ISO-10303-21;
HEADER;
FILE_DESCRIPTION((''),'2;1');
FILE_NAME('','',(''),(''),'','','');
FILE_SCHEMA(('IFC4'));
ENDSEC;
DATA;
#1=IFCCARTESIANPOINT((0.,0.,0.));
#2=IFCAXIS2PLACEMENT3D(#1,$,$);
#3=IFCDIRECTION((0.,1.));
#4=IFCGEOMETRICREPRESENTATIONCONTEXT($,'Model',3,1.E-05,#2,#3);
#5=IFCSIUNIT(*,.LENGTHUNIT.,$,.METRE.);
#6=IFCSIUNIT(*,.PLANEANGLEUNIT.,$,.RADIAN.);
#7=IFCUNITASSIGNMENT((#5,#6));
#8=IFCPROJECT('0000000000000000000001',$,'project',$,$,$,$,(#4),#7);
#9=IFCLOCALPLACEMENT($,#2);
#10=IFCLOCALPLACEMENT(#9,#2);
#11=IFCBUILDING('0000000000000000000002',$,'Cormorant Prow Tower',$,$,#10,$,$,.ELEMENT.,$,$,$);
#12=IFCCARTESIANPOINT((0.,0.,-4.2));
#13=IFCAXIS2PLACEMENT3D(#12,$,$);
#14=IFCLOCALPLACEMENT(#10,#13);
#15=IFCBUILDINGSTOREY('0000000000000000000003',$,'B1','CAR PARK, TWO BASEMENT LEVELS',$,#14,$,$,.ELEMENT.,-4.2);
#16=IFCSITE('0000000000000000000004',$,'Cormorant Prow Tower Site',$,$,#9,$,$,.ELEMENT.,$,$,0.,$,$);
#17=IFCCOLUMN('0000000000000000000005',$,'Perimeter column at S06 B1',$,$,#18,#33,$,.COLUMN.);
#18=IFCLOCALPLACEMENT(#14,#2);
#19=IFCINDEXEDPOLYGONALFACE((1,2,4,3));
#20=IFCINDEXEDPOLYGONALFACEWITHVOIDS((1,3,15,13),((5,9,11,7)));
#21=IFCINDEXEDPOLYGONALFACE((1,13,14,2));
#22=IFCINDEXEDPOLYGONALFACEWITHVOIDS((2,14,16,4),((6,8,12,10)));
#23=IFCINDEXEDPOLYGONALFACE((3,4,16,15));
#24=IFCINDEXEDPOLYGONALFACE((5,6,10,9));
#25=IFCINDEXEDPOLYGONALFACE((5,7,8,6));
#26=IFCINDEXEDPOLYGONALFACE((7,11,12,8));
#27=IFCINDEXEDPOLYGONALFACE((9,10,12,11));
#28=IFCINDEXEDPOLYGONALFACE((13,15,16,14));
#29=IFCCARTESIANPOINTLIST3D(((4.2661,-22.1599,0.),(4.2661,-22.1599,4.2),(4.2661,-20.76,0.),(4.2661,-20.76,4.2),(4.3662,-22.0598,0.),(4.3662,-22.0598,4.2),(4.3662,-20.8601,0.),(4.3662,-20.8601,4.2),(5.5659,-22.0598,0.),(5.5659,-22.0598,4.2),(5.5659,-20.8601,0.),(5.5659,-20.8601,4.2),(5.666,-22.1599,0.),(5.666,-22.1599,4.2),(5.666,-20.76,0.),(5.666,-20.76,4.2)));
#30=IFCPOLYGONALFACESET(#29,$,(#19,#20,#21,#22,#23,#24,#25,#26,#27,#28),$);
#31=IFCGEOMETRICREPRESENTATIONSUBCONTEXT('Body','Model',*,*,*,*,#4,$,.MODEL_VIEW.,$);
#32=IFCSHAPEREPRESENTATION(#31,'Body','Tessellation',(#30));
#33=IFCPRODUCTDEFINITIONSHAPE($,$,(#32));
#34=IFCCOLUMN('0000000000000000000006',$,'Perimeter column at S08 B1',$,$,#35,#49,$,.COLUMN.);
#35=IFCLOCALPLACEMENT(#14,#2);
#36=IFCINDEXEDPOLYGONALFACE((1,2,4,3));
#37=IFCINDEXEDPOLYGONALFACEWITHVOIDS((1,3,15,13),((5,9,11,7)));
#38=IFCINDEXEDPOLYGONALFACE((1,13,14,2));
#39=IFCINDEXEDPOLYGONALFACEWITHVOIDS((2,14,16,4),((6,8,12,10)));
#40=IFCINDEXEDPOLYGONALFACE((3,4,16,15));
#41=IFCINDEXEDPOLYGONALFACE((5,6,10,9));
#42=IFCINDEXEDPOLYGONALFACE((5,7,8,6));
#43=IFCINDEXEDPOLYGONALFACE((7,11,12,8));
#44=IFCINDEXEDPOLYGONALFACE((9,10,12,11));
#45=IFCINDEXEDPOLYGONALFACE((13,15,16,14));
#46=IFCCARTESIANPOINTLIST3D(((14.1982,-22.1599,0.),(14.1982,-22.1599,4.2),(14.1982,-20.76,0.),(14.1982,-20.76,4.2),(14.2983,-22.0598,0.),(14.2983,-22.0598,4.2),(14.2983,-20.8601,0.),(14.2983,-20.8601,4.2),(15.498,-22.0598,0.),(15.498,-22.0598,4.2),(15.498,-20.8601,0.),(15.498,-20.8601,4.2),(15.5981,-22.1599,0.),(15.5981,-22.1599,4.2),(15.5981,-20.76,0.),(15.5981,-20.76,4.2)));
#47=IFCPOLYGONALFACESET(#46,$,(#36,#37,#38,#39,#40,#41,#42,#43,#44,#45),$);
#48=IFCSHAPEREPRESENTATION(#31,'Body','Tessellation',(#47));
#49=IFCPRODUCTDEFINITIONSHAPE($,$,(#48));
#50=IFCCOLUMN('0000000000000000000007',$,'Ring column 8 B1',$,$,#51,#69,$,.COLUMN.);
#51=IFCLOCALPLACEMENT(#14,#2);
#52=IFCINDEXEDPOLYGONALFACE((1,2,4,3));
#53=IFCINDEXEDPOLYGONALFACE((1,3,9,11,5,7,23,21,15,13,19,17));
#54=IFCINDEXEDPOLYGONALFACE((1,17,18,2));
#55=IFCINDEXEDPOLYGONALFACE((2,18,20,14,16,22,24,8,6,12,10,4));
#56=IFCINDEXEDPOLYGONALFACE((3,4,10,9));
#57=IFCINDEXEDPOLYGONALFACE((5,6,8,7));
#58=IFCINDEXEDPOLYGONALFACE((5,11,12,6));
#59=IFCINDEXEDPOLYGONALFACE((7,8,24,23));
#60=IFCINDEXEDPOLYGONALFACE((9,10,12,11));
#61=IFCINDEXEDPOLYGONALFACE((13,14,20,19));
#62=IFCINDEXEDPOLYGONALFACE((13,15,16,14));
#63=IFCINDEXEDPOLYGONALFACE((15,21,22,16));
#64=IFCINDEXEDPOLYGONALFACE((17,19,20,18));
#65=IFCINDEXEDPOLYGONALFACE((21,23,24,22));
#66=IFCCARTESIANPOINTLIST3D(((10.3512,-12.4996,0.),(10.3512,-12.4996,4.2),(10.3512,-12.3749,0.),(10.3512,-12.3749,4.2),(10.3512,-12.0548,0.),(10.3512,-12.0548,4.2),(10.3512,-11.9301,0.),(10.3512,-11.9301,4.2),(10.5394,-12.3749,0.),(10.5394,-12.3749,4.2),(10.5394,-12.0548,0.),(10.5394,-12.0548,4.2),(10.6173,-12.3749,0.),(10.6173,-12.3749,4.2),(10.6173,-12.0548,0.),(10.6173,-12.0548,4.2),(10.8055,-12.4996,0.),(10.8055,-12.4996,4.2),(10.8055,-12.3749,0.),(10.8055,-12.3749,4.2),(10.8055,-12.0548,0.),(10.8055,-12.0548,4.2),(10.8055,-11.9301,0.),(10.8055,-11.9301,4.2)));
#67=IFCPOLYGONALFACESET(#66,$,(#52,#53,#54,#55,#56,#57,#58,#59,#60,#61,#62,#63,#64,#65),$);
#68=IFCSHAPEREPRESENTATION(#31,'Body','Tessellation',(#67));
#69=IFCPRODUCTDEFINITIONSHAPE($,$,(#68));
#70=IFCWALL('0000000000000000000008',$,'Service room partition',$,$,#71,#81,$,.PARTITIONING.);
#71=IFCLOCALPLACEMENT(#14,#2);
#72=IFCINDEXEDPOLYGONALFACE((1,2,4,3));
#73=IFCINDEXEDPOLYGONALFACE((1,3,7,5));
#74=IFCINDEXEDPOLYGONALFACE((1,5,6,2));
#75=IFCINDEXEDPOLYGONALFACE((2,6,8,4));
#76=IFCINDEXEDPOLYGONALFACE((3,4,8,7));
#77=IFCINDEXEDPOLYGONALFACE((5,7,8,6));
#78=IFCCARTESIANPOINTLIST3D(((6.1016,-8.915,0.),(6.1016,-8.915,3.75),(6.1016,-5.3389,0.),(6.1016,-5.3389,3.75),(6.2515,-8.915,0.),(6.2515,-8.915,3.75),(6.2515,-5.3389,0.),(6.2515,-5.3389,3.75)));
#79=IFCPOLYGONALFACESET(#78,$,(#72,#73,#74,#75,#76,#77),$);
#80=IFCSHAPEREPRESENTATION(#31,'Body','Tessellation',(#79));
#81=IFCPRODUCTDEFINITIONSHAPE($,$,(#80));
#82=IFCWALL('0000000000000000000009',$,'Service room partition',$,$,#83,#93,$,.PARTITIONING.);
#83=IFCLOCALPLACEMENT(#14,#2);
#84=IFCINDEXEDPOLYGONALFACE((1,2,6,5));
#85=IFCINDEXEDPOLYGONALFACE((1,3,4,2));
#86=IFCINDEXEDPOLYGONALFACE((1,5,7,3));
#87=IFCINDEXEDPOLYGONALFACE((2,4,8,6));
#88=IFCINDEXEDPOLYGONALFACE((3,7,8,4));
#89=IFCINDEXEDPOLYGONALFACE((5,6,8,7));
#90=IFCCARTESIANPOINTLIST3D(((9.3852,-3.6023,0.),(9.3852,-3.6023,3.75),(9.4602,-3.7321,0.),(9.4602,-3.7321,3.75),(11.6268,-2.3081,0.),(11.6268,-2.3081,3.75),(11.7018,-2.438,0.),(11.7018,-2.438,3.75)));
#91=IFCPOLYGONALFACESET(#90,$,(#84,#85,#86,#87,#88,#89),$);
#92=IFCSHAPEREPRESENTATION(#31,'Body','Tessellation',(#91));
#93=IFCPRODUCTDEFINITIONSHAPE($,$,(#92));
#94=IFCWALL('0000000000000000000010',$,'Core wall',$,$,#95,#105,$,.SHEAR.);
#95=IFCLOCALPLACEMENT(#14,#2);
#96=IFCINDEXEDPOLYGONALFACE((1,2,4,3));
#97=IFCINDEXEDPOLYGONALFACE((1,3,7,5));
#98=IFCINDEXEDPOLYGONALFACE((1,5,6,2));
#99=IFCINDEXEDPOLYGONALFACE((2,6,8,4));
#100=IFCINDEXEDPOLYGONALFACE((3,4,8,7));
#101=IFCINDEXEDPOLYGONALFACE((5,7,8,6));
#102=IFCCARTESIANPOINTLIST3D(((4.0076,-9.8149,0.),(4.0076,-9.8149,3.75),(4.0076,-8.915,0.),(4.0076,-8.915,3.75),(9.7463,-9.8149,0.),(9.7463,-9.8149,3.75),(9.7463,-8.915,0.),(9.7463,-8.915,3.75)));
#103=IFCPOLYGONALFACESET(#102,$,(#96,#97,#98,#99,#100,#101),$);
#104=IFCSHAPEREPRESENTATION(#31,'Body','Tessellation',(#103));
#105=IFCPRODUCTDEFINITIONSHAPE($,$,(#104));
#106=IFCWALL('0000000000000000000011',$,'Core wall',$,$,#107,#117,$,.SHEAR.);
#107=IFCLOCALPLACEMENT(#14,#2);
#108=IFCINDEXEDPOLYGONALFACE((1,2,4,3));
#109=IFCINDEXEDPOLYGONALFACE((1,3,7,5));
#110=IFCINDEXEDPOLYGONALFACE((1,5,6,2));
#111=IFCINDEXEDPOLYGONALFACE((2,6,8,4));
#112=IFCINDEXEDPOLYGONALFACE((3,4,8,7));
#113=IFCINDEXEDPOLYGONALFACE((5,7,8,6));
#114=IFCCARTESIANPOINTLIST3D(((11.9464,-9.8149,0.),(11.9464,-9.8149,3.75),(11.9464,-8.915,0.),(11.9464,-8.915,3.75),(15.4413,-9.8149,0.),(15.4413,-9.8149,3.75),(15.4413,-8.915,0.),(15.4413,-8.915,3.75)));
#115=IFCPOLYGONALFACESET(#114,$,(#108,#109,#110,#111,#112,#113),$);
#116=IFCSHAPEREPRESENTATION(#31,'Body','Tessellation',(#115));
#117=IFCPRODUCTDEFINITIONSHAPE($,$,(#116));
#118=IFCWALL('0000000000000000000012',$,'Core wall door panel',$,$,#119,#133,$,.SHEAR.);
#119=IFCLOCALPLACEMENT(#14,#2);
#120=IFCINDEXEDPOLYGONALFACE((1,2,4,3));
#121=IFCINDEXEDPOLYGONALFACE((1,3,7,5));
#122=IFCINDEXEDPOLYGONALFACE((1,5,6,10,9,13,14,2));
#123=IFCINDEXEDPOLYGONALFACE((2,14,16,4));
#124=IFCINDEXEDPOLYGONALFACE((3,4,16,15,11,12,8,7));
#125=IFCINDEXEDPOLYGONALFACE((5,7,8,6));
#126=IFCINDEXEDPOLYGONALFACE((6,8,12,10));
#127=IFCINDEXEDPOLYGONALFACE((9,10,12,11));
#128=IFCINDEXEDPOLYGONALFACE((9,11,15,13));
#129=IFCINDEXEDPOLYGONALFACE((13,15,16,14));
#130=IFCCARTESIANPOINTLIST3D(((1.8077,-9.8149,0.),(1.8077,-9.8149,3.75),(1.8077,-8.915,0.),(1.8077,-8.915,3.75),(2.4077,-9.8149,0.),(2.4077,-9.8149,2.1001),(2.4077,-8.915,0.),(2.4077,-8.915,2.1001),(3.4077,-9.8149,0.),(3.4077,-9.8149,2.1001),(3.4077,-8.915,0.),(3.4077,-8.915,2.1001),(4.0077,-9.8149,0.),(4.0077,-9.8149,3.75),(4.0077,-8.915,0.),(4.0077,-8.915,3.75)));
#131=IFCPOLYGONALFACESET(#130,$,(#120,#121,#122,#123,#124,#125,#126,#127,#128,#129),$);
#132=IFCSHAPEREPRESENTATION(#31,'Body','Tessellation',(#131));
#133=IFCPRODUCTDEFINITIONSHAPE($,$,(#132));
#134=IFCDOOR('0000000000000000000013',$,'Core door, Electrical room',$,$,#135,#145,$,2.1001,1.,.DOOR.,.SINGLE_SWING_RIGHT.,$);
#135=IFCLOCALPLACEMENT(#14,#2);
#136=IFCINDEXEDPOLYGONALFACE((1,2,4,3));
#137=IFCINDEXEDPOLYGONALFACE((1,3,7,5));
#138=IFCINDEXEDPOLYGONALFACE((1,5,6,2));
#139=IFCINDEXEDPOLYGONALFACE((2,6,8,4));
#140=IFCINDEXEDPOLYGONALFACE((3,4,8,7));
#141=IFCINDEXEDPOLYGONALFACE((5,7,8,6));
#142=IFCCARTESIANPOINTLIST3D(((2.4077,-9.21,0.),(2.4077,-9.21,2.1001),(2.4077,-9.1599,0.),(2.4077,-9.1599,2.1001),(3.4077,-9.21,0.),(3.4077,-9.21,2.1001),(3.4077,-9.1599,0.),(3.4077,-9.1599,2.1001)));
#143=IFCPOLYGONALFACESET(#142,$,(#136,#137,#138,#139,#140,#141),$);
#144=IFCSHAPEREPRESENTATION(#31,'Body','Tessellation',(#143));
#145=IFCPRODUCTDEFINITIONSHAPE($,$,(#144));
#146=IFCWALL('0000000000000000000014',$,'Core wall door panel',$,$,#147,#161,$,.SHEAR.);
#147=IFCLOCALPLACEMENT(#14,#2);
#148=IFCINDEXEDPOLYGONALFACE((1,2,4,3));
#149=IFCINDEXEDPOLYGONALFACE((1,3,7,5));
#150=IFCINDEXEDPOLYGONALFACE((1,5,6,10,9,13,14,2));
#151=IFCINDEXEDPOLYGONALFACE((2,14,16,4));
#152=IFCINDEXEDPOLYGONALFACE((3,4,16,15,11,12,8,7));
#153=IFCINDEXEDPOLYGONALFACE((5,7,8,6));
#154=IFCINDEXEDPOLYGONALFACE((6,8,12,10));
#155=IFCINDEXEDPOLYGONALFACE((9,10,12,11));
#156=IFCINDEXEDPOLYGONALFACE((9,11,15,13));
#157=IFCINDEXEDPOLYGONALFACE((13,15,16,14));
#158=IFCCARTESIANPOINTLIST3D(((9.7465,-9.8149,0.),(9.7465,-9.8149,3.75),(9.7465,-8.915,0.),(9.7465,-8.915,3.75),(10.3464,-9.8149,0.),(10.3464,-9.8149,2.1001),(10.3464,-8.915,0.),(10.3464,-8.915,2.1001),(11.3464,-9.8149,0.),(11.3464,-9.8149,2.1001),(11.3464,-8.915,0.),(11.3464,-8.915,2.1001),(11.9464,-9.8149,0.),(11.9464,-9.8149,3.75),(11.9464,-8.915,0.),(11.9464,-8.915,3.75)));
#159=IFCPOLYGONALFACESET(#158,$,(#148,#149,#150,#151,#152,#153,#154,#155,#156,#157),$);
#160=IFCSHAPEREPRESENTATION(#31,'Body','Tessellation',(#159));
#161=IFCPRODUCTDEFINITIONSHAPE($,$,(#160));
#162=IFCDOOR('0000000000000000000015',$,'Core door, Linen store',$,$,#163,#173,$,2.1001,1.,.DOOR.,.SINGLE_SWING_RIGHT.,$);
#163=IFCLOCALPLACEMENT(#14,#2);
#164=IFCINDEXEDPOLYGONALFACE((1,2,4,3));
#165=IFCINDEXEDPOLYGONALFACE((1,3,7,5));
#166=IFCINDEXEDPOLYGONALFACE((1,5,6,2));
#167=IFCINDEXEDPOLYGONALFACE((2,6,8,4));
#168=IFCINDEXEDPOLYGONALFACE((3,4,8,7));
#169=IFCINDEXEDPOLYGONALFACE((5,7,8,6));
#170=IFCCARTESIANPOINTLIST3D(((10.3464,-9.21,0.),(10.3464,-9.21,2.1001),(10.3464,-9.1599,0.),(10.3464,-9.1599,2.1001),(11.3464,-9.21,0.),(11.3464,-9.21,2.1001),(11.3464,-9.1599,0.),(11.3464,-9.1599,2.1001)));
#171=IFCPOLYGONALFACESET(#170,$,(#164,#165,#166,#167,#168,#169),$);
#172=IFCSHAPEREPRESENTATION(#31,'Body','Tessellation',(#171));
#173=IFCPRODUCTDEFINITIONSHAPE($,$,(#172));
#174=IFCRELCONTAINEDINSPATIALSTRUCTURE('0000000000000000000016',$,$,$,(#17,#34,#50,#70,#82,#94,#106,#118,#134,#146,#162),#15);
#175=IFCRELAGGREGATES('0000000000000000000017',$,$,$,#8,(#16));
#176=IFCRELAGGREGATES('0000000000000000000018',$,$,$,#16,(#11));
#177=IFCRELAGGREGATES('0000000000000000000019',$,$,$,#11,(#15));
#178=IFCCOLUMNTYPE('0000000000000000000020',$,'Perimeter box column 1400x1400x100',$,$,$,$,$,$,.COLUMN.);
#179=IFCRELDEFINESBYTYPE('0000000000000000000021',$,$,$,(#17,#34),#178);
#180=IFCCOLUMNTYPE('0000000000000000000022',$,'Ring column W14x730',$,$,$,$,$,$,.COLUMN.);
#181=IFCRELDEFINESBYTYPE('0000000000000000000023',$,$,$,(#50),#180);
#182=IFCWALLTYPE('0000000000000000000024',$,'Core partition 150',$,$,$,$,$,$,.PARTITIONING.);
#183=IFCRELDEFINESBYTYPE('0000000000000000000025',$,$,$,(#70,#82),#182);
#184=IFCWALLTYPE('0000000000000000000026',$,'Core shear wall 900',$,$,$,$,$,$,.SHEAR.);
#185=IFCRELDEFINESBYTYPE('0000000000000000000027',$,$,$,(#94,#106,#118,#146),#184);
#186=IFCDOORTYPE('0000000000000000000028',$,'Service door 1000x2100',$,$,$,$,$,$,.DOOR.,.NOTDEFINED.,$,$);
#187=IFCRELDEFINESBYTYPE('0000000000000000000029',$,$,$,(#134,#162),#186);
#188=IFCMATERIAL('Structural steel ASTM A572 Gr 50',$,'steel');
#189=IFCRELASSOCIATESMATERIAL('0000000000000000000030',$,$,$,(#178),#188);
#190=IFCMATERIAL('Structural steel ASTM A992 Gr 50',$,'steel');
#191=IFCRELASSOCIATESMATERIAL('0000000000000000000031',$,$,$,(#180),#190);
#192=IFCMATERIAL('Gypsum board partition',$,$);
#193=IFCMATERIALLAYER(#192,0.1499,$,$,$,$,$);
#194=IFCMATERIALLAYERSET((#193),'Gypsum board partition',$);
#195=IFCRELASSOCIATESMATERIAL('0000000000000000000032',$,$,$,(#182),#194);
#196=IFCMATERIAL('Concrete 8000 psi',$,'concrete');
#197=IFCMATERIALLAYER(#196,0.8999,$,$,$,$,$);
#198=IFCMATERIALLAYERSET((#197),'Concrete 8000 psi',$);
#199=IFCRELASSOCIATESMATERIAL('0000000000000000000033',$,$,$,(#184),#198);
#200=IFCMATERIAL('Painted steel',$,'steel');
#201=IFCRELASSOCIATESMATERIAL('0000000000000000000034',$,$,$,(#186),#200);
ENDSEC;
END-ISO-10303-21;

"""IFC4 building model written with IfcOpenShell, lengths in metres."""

from ifc_helpers import new_model, si_unit, direction, frame, frame_2d, origin, origin_2d, place, context, subcontext, project, spatial, rectangle, hollow_rectangle, i_section, extrude, material, layer, layer_set, material_profile, profile_set, type_object, element, fill, save


model = new_model("IFC4")

# Units and contexts
model_context = context("Model", 3, precision=1e-05, world=origin(), true_north=direction((0.0, 1.0)))
body_context = subcontext(model_context, "Body", "Model", "MODEL_VIEW")
ifc_project = project(units=[si_unit("LENGTHUNIT", "METRE"), si_unit("PLANEANGLEUNIT", "RADIAN")], contexts=[model_context])

# Site, building, storey
site_placement = place(None, origin())
site = spatial("IfcSite", under=ifc_project, at=site_placement, Name="Cormorant Prow Tower Site", CompositionType="ELEMENT", RefElevation=0.0)
building_placement = place(site_placement, origin())
building = spatial("IfcBuilding", under=site, at=building_placement, Name="Cormorant Prow Tower", CompositionType="ELEMENT")
storey_placement = place(building_placement, frame((0.0, 0.0, -4.2)))
storey = spatial("IfcBuildingStorey", under=building, at=storey_placement, Name="B1", Description="CAR PARK, TWO BASEMENT LEVELS", CompositionType="ELEMENT", Elevation=-4.2)

# Columns
ifc_material_1 = material(Name="Structural steel ASTM A572 Gr 50", Category="steel")
ifc_material_profile_1 = material_profile(ifc_material_1, hollow_rectangle(XDim=1.3999, YDim=1.3999, WallThickness=0.1001, at=origin_2d()), Name="Box 1400x1400x100")
ifc_profile_set_1 = profile_set([ifc_material_profile_1], Name="Structural steel ASTM A572 Gr 50")
column_type_1 = type_object("IfcColumnType", Name="Perimeter box column 1400x1400x100", PredefinedType="COLUMN", material=ifc_profile_set_1)
for number, where, z_axis, x_axis, name in (
    (1, (4.9661, -21.46, 0.0), (0.0, 0.0, 1.0), (1.0, 0.0, 0.0), "Perimeter column at S06 B1"),
    (2, (14.8982, -21.46, 0.0), (0.0, 0.0, 1.0), (1.0, 0.0, 0.0), "Perimeter column at S08 B1"),
):
    element("IfcColumn", number, at=place(storey_placement, frame(where, z_axis=z_axis, x_axis=x_axis)), inside=storey, type_object=column_type_1, Name=name, PredefinedType="COLUMN", context=body_context, shape_type="SweptSolid", body=[
        extrude(hollow_rectangle(XDim=1.3999, YDim=1.3999, WallThickness=0.1001, at=origin_2d()), origin(), (0.0, 0.0, 1.0), 4.2),
    ])
ifc_material_2 = material(Name="Structural steel ASTM A992 Gr 50", Category="steel")
ifc_material_profile_2 = material_profile(ifc_material_2, i_section(OverallWidth=0.4543, OverallDepth=0.5696, WebThickness=0.0779, FlangeThickness=0.1248, at=origin_2d()), Name="W14x730")
ifc_profile_set_2 = profile_set([ifc_material_profile_2], Name="Structural steel ASTM A992 Gr 50")
column_type_2 = type_object("IfcColumnType", Name="Ring column W14x730", PredefinedType="COLUMN", material=ifc_profile_set_2)
column_placement = place(storey_placement, frame((10.5784, -12.2148, 0.0), z_axis=(0.0, 0.0, 1.0), x_axis=(1.0, 0.0, 0.0)))
element("IfcColumn", 3, at=column_placement, inside=storey, type_object=column_type_2, Name="Ring column 8 B1", PredefinedType="COLUMN", context=body_context, shape_type="SweptSolid", body=[
    extrude(i_section(OverallWidth=0.4543, OverallDepth=0.5696, WebThickness=0.0779, FlangeThickness=0.1248, at=origin_2d()), origin(), (0.0, 0.0, 1.0), 4.2),
])

# Walls
ifc_material_3 = material(Name="Gypsum board partition")
ifc_layer_1 = layer(ifc_material_3, 0.1499)
ifc_layer_set_1 = layer_set([ifc_layer_1], Name="Gypsum board partition")
wall_type_1 = type_object("IfcWallType", Name="Core partition 150", PredefinedType="PARTITIONING", material=ifc_layer_set_1)
wall_1_placement = place(storey_placement, frame((6.1765, -8.915, 0.0), z_axis=(0.0, 0.0, 1.0), x_axis=(0.0, 1.0, 0.0)))
element("IfcWall", 4, at=wall_1_placement, inside=storey, type_object=wall_type_1, Name="Service room partition", PredefinedType="PARTITIONING", context=body_context, shape_type="SweptSolid", body=[
    extrude(rectangle(XDim=3.5762, YDim=0.1499, at=frame_2d((1.7881, 0.0))), origin(), (0.0, 0.0, 1.0), 3.75),
])
wall_2_placement = place(storey_placement, frame((11.6643, -2.373, 0.0), z_axis=(0.0, 0.0, 1.0), x_axis=(-0.866035, -0.499984, 0.0)))
element("IfcWall", 5, at=wall_2_placement, inside=storey, type_object=wall_type_1, Name="Service room partition", PredefinedType="PARTITIONING", context=body_context, shape_type="SweptSolid", body=[
    extrude(rectangle(XDim=2.5884, YDim=0.1499, at=frame_2d((1.2942, 0.0))), origin(), (0.0, 0.0, 1.0), 3.75),
])
ifc_material_4 = material(Name="Concrete 8000 psi", Category="concrete")
ifc_layer_2 = layer(ifc_material_4, 0.8999)
ifc_layer_set_2 = layer_set([ifc_layer_2], Name="Concrete 8000 psi")
wall_type_2 = type_object("IfcWallType", Name="Core shear wall 900", PredefinedType="SHEAR", material=ifc_layer_set_2)
wall_3_placement = place(storey_placement, frame((4.0076, -9.365, 0.0), z_axis=(0.0, 0.0, 1.0), x_axis=(1.0, 0.0, 0.0)))
element("IfcWall", 6, at=wall_3_placement, inside=storey, type_object=wall_type_2, Name="Core wall", PredefinedType="SHEAR", context=body_context, shape_type="SweptSolid", body=[
    extrude(rectangle(XDim=5.7388, YDim=0.8999, at=frame_2d((2.8694, 0.0))), origin(), (0.0, 0.0, 1.0), 3.75),
])
wall_4_placement = place(storey_placement, frame((11.9463, -9.365, 0.0), z_axis=(0.0, 0.0, 1.0), x_axis=(1.0, 0.0, 0.0)))
element("IfcWall", 7, at=wall_4_placement, inside=storey, type_object=wall_type_2, Name="Core wall", PredefinedType="SHEAR", context=body_context, shape_type="SweptSolid", body=[
    extrude(rectangle(XDim=3.4949, YDim=0.8999, at=frame_2d((1.7476, 0.0))), origin(), (0.0, 0.0, 1.0), 3.75),
])

# Walls, openings, doors
wall_5_placement = place(storey_placement, frame((1.8076, -9.365, 0.0), z_axis=(0.0, 0.0, 1.0), x_axis=(1.0, 0.0, 0.0)))
wall_5 = element("IfcWall", 8, at=wall_5_placement, inside=storey, type_object=wall_type_2, Name="Core wall door panel", PredefinedType="SHEAR", context=body_context, shape_type="SweptSolid", body=[
    extrude(rectangle(XDim=2.2, YDim=0.8999, at=frame_2d((1.1001, 0.0))), origin(), (0.0, 0.0, 1.0), 3.75),
])
opening_1_placement = place(wall_5_placement, frame((0.6001, 0.0, 0.0)))
opening_1 = element("IfcOpeningElement", 9, at=opening_1_placement, cuts=wall_5, PredefinedType="OPENING", context=body_context, shape_type="SweptSolid", body=[
    extrude(rectangle(XDim=1.0, YDim=2.1001, at=frame_2d((0.5, 1.05))), frame((0.0, 0.46, 0.0), z_axis=(0.0, -1.0, 0.0), x_axis=(1.0, 0.0, 0.0)), (0.0, 0.0, 1.0), 0.9199),
])
ifc_material_5 = material(Name="Painted steel", Category="steel")
door_type_1 = type_object("IfcDoorType", Name="Service door 1000x2100", OperationType="NOTDEFINED", PredefinedType="DOOR", material=ifc_material_5)
door_1_placement = place(opening_1_placement, origin())
door_1 = element("IfcDoor", 10, at=door_1_placement, inside=storey, type_object=door_type_1, Name="Core door, Electrical room", OperationType="SINGLE_SWING_RIGHT", OverallHeight=2.1001, OverallWidth=1.0, PredefinedType="DOOR", context=body_context, shape_type="SweptSolid", body=[
    extrude(rectangle(XDim=1.0, YDim=2.1001, at=frame_2d((0.5, 1.05))), frame((0.0, 0.2051, 0.0), z_axis=(0.0, -1.0, 0.0), x_axis=(1.0, 0.0, 0.0)), (0.0, 0.0, 1.0), 0.05),
])
fill(opening_1, door_1)
wall_6_placement = place(storey_placement, frame((9.7463, -9.365, 0.0), z_axis=(0.0, 0.0, 1.0), x_axis=(1.0, 0.0, 0.0)))
wall_6 = element("IfcWall", 11, at=wall_6_placement, inside=storey, type_object=wall_type_2, Name="Core wall door panel", PredefinedType="SHEAR", context=body_context, shape_type="SweptSolid", body=[
    extrude(rectangle(XDim=2.2, YDim=0.8999, at=frame_2d((1.1001, 0.0))), origin(), (0.0, 0.0, 1.0), 3.75),
])
opening_2_placement = place(wall_6_placement, frame((0.6001, 0.0, 0.0)))
opening_2 = element("IfcOpeningElement", 12, at=opening_2_placement, cuts=wall_6, PredefinedType="OPENING", context=body_context, shape_type="SweptSolid", body=[
    extrude(rectangle(XDim=1.0, YDim=2.1001, at=frame_2d((0.5, 1.05))), frame((0.0, 0.46, 0.0), z_axis=(0.0, -1.0, 0.0), x_axis=(1.0, 0.0, 0.0)), (0.0, 0.0, 1.0), 0.9199),
])
door_2_placement = place(opening_2_placement, origin())
door_2 = element("IfcDoor", 13, at=door_2_placement, inside=storey, type_object=door_type_1, Name="Core door, Linen store", OperationType="SINGLE_SWING_RIGHT", OverallHeight=2.1001, OverallWidth=1.0, PredefinedType="DOOR", context=body_context, shape_type="SweptSolid", body=[
    extrude(rectangle(XDim=1.0, YDim=2.1001, at=frame_2d((0.5, 1.05))), frame((0.0, 0.2051, 0.0), z_axis=(0.0, -1.0, 0.0), x_axis=(1.0, 0.0, 0.0)), (0.0, 0.0, 1.0), 0.05),
])
fill(opening_2, door_2)

save(model, "model.ifc")
